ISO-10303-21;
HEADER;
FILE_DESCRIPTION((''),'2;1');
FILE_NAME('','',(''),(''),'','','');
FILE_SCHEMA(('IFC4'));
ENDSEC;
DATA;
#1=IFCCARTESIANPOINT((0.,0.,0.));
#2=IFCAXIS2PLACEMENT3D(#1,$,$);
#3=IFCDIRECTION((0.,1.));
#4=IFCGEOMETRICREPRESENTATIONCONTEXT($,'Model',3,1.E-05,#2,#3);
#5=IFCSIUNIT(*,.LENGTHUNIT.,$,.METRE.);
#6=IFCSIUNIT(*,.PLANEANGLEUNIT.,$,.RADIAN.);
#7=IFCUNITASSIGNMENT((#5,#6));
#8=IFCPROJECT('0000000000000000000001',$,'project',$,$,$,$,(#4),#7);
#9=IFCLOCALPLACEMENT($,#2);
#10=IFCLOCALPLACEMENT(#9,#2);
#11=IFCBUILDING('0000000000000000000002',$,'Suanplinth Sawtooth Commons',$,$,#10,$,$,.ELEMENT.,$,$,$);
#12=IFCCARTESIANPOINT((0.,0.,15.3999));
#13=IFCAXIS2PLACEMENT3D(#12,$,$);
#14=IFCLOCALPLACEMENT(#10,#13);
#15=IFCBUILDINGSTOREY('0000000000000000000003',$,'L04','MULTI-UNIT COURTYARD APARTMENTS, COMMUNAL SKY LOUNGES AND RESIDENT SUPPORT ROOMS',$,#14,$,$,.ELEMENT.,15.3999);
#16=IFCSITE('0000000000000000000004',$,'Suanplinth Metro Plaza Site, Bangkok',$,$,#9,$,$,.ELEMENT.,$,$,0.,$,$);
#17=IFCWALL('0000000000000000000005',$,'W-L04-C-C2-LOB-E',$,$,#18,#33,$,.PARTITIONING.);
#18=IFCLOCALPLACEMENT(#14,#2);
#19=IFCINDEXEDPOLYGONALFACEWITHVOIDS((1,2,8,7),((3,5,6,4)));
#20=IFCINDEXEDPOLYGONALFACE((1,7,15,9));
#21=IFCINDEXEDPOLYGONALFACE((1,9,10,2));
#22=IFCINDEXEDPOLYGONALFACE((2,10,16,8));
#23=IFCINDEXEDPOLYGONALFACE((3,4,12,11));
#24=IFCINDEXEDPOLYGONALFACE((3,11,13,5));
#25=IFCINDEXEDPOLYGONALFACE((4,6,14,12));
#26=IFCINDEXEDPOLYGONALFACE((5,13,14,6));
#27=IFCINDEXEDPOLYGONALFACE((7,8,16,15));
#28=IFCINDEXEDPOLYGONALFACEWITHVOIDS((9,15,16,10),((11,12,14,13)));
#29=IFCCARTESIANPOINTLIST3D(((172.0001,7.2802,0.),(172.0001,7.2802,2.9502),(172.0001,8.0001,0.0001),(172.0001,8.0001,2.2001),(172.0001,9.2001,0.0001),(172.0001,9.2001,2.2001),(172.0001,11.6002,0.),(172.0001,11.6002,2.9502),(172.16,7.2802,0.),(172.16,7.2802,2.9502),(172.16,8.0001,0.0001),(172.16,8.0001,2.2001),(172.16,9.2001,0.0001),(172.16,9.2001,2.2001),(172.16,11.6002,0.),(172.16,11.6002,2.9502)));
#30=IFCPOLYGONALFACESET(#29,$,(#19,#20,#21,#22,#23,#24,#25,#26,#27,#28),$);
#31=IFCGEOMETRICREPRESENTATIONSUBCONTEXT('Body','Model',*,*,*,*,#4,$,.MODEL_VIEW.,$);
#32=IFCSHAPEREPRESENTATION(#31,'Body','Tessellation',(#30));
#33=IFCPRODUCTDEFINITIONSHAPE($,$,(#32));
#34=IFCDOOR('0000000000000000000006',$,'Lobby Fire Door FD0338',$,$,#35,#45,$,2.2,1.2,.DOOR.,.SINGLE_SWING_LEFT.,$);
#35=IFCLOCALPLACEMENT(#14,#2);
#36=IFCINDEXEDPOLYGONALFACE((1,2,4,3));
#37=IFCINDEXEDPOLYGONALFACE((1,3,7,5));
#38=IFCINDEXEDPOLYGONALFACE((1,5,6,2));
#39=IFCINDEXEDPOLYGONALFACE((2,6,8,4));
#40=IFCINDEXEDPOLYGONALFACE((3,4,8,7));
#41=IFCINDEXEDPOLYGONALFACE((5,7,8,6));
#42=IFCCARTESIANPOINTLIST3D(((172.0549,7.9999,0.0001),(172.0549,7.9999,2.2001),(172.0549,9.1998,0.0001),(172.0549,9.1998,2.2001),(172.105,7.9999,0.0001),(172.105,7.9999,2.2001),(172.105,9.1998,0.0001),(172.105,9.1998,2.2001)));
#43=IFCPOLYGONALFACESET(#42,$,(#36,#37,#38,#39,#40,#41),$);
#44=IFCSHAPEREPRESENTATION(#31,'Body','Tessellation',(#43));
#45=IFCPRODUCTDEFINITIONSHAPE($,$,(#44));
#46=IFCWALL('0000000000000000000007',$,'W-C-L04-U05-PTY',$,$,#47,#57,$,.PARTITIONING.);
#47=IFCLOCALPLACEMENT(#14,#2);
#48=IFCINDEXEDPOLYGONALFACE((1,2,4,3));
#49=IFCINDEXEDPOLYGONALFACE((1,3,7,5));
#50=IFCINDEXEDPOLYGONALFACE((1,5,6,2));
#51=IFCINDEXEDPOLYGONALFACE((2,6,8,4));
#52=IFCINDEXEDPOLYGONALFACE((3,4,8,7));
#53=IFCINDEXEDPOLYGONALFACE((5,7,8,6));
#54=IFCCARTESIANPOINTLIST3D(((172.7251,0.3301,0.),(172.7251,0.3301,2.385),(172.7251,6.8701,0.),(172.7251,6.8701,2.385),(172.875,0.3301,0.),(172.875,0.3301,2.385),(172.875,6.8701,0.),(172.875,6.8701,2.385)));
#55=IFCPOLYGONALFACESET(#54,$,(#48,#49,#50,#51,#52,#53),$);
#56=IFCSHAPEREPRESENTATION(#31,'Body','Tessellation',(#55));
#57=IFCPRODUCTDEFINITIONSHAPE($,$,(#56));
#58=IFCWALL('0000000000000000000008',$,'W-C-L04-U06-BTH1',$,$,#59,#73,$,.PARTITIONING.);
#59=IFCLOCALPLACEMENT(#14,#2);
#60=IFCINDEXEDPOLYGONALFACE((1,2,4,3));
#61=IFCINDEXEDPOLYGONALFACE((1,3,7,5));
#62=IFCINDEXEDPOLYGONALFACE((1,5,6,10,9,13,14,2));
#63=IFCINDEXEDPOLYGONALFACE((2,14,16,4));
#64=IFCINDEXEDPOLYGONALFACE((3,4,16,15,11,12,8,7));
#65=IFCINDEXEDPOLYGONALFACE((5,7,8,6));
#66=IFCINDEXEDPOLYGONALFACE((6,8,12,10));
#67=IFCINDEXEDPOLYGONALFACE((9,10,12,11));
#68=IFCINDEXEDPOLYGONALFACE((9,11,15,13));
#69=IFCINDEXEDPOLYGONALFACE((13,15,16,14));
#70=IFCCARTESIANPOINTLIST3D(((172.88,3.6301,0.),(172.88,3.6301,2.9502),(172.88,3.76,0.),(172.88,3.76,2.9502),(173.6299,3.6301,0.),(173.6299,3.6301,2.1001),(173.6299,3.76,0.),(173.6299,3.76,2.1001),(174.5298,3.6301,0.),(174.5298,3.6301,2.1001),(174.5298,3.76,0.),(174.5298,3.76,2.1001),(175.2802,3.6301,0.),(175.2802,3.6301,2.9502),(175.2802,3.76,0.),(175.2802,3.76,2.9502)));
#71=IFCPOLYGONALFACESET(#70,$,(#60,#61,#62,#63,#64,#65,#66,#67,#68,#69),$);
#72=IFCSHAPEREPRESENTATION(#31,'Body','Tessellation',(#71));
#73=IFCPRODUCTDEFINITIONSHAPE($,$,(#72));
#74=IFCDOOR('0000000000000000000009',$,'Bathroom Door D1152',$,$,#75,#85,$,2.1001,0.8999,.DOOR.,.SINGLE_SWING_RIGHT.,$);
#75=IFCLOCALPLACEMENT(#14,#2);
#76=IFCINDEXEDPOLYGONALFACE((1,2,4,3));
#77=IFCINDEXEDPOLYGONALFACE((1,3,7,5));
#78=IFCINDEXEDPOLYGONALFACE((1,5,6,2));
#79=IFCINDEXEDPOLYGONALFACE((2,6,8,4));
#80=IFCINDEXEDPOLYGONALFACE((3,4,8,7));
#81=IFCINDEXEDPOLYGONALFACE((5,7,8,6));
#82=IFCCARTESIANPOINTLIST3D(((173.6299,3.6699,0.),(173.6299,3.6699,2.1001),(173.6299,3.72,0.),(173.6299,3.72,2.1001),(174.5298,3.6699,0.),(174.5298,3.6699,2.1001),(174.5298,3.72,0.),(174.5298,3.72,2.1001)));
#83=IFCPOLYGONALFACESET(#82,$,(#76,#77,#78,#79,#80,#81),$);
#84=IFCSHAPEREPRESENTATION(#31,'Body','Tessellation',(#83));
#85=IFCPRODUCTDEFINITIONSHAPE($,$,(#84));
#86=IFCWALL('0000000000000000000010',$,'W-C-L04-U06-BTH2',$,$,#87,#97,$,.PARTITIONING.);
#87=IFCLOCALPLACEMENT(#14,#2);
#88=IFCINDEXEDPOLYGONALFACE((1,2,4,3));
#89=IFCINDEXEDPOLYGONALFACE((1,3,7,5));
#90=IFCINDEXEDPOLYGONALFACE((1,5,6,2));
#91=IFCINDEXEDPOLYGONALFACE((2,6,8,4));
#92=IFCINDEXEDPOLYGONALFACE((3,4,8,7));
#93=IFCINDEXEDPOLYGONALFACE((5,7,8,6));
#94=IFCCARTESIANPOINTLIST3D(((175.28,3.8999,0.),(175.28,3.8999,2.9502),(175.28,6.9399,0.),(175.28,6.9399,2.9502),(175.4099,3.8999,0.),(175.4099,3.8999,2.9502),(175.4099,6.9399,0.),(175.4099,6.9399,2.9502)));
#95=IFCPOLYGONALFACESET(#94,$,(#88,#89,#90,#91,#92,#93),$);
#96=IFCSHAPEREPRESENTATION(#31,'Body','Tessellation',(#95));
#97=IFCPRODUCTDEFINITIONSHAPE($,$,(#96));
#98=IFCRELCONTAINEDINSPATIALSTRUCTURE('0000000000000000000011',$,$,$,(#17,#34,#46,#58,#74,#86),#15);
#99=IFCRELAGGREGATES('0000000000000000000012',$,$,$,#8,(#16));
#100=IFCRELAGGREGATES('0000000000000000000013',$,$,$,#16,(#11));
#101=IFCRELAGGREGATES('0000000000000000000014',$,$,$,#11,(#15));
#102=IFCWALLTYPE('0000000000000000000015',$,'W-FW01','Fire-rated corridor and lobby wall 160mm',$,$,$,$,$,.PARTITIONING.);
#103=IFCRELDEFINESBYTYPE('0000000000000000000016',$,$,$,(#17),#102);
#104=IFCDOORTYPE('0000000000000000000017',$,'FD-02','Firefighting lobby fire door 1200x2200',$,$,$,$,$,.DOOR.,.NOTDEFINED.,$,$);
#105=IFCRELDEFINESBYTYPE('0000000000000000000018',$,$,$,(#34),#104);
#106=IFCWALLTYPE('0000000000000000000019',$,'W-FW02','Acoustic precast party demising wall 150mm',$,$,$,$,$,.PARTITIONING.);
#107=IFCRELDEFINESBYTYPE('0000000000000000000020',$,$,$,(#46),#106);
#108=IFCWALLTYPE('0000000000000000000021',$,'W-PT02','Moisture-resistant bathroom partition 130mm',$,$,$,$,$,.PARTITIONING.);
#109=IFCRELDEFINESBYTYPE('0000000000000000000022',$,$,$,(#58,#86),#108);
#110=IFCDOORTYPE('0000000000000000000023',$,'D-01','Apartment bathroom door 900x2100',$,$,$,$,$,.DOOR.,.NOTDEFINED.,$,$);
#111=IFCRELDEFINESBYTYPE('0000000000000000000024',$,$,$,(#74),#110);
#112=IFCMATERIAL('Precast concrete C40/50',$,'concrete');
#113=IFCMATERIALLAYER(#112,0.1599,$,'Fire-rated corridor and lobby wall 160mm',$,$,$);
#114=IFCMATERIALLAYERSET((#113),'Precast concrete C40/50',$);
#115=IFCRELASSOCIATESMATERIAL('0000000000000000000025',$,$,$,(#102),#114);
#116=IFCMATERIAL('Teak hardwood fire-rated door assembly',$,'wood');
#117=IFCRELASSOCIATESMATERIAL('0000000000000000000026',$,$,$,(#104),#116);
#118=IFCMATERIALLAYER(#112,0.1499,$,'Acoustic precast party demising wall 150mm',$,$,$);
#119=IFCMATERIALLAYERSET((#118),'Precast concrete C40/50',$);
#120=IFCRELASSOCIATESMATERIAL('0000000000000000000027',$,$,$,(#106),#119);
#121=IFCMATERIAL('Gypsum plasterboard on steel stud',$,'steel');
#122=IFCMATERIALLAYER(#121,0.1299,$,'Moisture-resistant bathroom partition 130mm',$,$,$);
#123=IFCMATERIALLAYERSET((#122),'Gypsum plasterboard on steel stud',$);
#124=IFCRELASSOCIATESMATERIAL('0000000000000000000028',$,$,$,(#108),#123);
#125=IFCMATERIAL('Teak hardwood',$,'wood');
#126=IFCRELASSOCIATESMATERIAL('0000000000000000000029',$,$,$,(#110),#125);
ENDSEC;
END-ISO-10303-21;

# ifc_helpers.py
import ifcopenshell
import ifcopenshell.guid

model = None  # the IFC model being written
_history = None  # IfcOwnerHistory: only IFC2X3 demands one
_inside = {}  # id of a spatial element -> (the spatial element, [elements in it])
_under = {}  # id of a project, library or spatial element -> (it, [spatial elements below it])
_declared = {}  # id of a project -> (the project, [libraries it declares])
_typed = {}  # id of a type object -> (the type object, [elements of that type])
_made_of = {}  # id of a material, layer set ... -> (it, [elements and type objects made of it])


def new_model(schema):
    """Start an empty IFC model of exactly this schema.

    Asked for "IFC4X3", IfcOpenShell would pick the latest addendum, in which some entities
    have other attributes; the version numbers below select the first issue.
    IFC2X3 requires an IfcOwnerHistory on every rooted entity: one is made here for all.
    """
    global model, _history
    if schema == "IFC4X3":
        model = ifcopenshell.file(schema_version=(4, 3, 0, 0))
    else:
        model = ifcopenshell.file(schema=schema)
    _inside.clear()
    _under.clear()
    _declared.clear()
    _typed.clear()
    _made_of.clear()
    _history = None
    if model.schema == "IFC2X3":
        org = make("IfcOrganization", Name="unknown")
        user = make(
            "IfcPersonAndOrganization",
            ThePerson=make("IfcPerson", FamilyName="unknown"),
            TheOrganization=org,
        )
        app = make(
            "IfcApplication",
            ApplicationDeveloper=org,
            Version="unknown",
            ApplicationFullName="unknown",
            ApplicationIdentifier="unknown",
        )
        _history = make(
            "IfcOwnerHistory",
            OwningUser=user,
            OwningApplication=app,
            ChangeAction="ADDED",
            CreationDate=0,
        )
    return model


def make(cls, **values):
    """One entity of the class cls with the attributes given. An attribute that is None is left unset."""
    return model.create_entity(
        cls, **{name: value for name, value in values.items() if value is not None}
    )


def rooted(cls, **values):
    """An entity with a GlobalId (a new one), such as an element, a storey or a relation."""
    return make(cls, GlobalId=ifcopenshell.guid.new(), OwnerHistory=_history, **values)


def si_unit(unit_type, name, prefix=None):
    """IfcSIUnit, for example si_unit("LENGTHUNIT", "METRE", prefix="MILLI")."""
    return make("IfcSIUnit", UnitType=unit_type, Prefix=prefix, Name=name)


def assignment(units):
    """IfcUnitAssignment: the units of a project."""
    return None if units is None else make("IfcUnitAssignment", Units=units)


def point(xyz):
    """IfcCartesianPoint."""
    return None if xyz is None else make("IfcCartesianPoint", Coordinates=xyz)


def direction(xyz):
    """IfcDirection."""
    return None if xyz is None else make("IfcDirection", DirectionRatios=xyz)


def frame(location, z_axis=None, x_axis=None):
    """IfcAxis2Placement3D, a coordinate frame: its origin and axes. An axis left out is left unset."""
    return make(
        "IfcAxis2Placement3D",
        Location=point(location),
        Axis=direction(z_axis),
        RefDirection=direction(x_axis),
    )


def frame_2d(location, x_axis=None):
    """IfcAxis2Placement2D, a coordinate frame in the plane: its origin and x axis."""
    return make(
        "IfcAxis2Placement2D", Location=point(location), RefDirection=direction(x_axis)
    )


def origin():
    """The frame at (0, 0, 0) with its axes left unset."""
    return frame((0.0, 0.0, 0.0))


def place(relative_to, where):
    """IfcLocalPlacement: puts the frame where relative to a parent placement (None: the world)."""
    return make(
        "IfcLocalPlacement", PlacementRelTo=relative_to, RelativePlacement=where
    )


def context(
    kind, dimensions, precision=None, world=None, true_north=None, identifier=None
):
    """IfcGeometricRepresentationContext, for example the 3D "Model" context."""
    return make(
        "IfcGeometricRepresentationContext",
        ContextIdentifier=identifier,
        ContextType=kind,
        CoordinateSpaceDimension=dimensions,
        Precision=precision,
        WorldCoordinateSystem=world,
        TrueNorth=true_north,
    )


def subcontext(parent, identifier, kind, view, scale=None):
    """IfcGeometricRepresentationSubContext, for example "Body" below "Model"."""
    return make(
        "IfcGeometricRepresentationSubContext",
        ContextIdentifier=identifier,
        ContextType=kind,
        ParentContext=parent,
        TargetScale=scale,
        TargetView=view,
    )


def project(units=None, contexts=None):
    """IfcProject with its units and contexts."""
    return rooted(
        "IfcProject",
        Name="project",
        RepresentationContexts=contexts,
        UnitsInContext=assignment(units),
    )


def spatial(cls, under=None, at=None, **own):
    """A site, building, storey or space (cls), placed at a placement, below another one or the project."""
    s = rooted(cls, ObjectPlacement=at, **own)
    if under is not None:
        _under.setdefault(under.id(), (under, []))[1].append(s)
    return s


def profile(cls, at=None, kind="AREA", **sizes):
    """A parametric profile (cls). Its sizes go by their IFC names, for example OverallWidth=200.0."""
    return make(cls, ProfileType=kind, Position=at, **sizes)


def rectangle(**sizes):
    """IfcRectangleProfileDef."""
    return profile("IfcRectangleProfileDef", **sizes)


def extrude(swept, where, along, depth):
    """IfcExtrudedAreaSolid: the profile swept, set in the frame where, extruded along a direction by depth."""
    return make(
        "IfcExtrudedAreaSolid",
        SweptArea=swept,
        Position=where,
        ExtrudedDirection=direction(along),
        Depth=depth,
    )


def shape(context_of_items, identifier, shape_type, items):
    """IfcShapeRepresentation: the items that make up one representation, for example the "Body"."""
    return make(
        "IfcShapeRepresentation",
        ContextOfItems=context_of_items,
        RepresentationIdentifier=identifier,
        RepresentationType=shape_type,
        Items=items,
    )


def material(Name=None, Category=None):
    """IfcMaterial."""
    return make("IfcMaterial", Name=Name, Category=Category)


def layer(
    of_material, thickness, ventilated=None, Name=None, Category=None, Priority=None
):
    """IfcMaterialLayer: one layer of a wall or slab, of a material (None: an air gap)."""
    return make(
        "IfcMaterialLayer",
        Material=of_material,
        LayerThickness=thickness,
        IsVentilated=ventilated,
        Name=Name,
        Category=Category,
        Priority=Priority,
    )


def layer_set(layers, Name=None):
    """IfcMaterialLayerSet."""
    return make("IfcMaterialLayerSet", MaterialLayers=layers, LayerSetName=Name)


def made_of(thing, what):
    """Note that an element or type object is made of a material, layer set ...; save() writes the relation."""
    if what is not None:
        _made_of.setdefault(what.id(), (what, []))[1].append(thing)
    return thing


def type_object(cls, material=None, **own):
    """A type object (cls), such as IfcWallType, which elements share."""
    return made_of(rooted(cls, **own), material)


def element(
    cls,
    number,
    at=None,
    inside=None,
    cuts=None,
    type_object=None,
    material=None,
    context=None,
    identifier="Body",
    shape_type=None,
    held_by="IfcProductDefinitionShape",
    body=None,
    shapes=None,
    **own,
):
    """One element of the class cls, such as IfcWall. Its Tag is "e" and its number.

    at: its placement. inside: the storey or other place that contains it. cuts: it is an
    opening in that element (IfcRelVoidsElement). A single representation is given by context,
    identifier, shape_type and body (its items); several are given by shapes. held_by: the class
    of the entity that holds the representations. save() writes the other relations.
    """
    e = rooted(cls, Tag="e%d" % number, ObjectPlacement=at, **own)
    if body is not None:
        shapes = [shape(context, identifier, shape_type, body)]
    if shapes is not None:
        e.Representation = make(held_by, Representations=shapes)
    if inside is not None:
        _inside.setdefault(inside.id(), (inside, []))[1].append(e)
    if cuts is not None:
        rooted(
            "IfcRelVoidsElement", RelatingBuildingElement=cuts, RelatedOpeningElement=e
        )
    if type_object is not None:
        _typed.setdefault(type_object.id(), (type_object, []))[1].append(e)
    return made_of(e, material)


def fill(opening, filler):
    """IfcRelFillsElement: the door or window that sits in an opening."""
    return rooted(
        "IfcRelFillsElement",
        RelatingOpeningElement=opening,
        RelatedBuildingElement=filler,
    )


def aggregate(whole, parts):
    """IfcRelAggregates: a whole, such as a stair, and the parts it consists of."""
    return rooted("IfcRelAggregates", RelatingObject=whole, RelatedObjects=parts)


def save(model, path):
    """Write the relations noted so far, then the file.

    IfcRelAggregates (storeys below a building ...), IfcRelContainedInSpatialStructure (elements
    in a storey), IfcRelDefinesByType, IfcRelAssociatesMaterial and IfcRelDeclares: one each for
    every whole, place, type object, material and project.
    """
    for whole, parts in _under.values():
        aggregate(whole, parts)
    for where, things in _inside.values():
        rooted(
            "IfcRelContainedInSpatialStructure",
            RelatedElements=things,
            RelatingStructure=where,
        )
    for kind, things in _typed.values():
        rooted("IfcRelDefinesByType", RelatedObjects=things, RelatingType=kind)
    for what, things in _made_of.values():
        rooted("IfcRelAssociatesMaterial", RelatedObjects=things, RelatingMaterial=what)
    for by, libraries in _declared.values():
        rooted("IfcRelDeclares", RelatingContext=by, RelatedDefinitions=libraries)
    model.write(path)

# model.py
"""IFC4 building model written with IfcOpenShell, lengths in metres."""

from ifc_helpers import new_model, si_unit, direction, frame, frame_2d, origin, place, context, subcontext, project, spatial, rectangle, extrude, material, layer, layer_set, type_object, element, fill, save


model = new_model("IFC4")

# Units and contexts
model_context = context("Model", 3, precision=1e-05, world=origin(), true_north=direction((0.0, 1.0)))
body_context = subcontext(model_context, "Body", "Model", "MODEL_VIEW")
ifc_project = project(units=[si_unit("LENGTHUNIT", "METRE"), si_unit("PLANEANGLEUNIT", "RADIAN")], contexts=[model_context])

# Site, building, storey
site_placement = place(None, origin())
site = spatial("IfcSite", under=ifc_project, at=site_placement, Name="Suanplinth Metro Plaza Site, Bangkok", CompositionType="ELEMENT", RefElevation=0.0)
building_placement = place(site_placement, origin())
building = spatial("IfcBuilding", under=site, at=building_placement, Name="Suanplinth Sawtooth Commons", CompositionType="ELEMENT")
storey_placement = place(building_placement, frame((0.0, 0.0, 15.3999)))
storey = spatial("IfcBuildingStorey", under=building, at=storey_placement, Name="L04", Description="MULTI-UNIT COURTYARD APARTMENTS, COMMUNAL SKY LOUNGES AND RESIDENT SUPPORT ROOMS", CompositionType="ELEMENT", Elevation=15.3999)

# Shared definitions
ifc_material_1 = material(Name="Precast concrete C40/50", Category="concrete")

# Wall, opening, door
ifc_layer_1 = layer(ifc_material_1, 0.1599, Name="Fire-rated corridor and lobby wall 160mm")
ifc_layer_set_1 = layer_set([ifc_layer_1], Name="Precast concrete C40/50")
wall_type_1 = type_object("IfcWallType", Name="W-FW01", Description="Fire-rated corridor and lobby wall 160mm", PredefinedType="PARTITIONING", material=ifc_layer_set_1)
wall_1_placement = place(storey_placement, frame((172.0801, 7.28, 0.0), z_axis=(0.0, 0.0, 1.0), x_axis=(0.0, 1.0, 0.0)))
wall_1 = element("IfcWall", 1, at=wall_1_placement, inside=storey, type_object=wall_type_1, Name="W-L04-C-C2-LOB-E", PredefinedType="PARTITIONING", context=body_context, shape_type="SweptSolid", body=[
    extrude(rectangle(XDim=4.3201, YDim=0.1599, at=frame_2d((2.1602, 0.0))), origin(), (0.0, 0.0, 1.0), 2.9502),
])
opening_1_placement = place(wall_1_placement, frame((0.72, 0.0, 0.0)))
opening_1 = element("IfcOpeningElement", 2, at=opening_1_placement, cuts=wall_1, PredefinedType="OPENING", context=body_context, shape_type="SweptSolid", body=[
    extrude(rectangle(XDim=1.2, YDim=2.2, at=frame_2d((0.6001, 1.1001))), frame((0.0, 0.0947, 0.0), z_axis=(0.0, -1.0, 0.0), x_axis=(1.0, 0.0, 0.0)), (0.0, 0.0, 1.0), 0.1897),
])
ifc_material_2 = material(Name="Teak hardwood fire-rated door assembly", Category="wood")
door_type_1 = type_object("IfcDoorType", Name="FD-02", Description="Firefighting lobby fire door 1200x2200", OperationType="NOTDEFINED", PredefinedType="DOOR", material=ifc_material_2)
door_1_placement = place(opening_1_placement, frame((1.2, 0.0, 0.0), z_axis=(0.0, 0.0, 1.0), x_axis=(-1.0, 0.0, 0.0)))
door_1 = element("IfcDoor", 3, at=door_1_placement, inside=storey, type_object=door_type_1, Name="Lobby Fire Door FD0338", OperationType="SINGLE_SWING_LEFT", OverallHeight=2.2, OverallWidth=1.2, PredefinedType="DOOR", context=body_context, shape_type="SweptSolid", body=[
    extrude(rectangle(XDim=1.2, YDim=2.2, at=frame_2d((0.6001, 1.1001))), frame((0.0, 0.0249, 0.0), z_axis=(0.0, -1.0, 0.0), x_axis=(1.0, 0.0, 0.0)), (0.0, 0.0, 1.0), 0.05),
])
fill(opening_1, door_1)

# Wall
ifc_layer_2 = layer(ifc_material_1, 0.1499, Name="Acoustic precast party demising wall 150mm")
ifc_layer_set_2 = layer_set([ifc_layer_2], Name="Precast concrete C40/50")
wall_type_2 = type_object("IfcWallType", Name="W-FW02", Description="Acoustic precast party demising wall 150mm", PredefinedType="PARTITIONING", material=ifc_layer_set_2)
wall_2_placement = place(storey_placement, frame((172.8, 0.3301, 0.0), z_axis=(0.0, 0.0, 1.0), x_axis=(0.0, 1.0, 0.0)))
element("IfcWall", 4, at=wall_2_placement, inside=storey, type_object=wall_type_2, Name="W-C-L04-U05-PTY", PredefinedType="PARTITIONING", context=body_context, shape_type="SweptSolid", body=[
    extrude(rectangle(XDim=6.54, YDim=0.1499, at=frame_2d((3.27, 0.0))), origin(), (0.0, 0.0, 1.0), 2.385),
])

# Wall, opening, door
ifc_material_3 = material(Name="Gypsum plasterboard on steel stud", Category="steel")
ifc_layer_3 = layer(ifc_material_3, 0.1299, Name="Moisture-resistant bathroom partition 130mm")
ifc_layer_set_3 = layer_set([ifc_layer_3], Name="Gypsum plasterboard on steel stud")
wall_type_3 = type_object("IfcWallType", Name="W-PT02", Description="Moisture-resistant bathroom partition 130mm", PredefinedType="PARTITIONING", material=ifc_layer_set_3)
wall_3_placement = place(storey_placement, frame((172.8799, 3.6951, 0.0), z_axis=(0.0, 0.0, 1.0), x_axis=(1.0, 0.0, 0.0)))
wall_3 = element("IfcWall", 5, at=wall_3_placement, inside=storey, type_object=wall_type_3, Name="W-C-L04-U06-BTH1", PredefinedType="PARTITIONING", context=body_context, shape_type="SweptSolid", body=[
    extrude(rectangle(XDim=2.4001, YDim=0.1299, at=frame_2d((1.2002, 0.0))), origin(), (0.0, 0.0, 1.0), 2.9502),
])
opening_2_placement = place(wall_3_placement, frame((0.75, 0.0, 0.0)))
opening_2 = element("IfcOpeningElement", 6, at=opening_2_placement, cuts=wall_3, PredefinedType="OPENING", context=body_context, shape_type="SweptSolid", body=[
    extrude(rectangle(XDim=0.8999, YDim=2.1001, at=frame_2d((0.45, 1.05))), frame((0.0, 0.0798, 0.0), z_axis=(0.0, -1.0, 0.0), x_axis=(1.0, 0.0, 0.0)), (0.0, 0.0, 1.0), 0.1597),
])
ifc_material_4 = material(Name="Teak hardwood", Category="wood")
door_type_2 = type_object("IfcDoorType", Name="D-01", Description="Apartment bathroom door 900x2100", OperationType="NOTDEFINED", PredefinedType="DOOR", material=ifc_material_4)
door_2_placement = place(opening_2_placement, origin())
door_2 = element("IfcDoor", 7, at=door_2_placement, inside=storey, type_object=door_type_2, Name="Bathroom Door D1152", OperationType="SINGLE_SWING_RIGHT", OverallHeight=2.1001, OverallWidth=0.8999, PredefinedType="DOOR", context=body_context, shape_type="SweptSolid", body=[
    extrude(rectangle(XDim=0.8999, YDim=2.1001, at=frame_2d((0.45, 1.05))), frame((0.0, 0.0249, 0.0), z_axis=(0.0, -1.0, 0.0), x_axis=(1.0, 0.0, 0.0)), (0.0, 0.0, 1.0), 0.05),
])
fill(opening_2, door_2)

# Wall
wall_4_placement = place(storey_placement, frame((175.345, 3.8999, 0.0), z_axis=(0.0, 0.0, 1.0), x_axis=(0.0, 1.0, 0.0)))
element("IfcWall", 8, at=wall_4_placement, inside=storey, type_object=wall_type_3, Name="W-C-L04-U06-BTH2", PredefinedType="PARTITIONING", context=body_context, shape_type="SweptSolid", body=[
    extrude(rectangle(XDim=3.04, YDim=0.1299, at=frame_2d((1.52, 0.0))), origin(), (0.0, 0.0, 1.0), 2.9502),
])

save(model, "model.ifc")
